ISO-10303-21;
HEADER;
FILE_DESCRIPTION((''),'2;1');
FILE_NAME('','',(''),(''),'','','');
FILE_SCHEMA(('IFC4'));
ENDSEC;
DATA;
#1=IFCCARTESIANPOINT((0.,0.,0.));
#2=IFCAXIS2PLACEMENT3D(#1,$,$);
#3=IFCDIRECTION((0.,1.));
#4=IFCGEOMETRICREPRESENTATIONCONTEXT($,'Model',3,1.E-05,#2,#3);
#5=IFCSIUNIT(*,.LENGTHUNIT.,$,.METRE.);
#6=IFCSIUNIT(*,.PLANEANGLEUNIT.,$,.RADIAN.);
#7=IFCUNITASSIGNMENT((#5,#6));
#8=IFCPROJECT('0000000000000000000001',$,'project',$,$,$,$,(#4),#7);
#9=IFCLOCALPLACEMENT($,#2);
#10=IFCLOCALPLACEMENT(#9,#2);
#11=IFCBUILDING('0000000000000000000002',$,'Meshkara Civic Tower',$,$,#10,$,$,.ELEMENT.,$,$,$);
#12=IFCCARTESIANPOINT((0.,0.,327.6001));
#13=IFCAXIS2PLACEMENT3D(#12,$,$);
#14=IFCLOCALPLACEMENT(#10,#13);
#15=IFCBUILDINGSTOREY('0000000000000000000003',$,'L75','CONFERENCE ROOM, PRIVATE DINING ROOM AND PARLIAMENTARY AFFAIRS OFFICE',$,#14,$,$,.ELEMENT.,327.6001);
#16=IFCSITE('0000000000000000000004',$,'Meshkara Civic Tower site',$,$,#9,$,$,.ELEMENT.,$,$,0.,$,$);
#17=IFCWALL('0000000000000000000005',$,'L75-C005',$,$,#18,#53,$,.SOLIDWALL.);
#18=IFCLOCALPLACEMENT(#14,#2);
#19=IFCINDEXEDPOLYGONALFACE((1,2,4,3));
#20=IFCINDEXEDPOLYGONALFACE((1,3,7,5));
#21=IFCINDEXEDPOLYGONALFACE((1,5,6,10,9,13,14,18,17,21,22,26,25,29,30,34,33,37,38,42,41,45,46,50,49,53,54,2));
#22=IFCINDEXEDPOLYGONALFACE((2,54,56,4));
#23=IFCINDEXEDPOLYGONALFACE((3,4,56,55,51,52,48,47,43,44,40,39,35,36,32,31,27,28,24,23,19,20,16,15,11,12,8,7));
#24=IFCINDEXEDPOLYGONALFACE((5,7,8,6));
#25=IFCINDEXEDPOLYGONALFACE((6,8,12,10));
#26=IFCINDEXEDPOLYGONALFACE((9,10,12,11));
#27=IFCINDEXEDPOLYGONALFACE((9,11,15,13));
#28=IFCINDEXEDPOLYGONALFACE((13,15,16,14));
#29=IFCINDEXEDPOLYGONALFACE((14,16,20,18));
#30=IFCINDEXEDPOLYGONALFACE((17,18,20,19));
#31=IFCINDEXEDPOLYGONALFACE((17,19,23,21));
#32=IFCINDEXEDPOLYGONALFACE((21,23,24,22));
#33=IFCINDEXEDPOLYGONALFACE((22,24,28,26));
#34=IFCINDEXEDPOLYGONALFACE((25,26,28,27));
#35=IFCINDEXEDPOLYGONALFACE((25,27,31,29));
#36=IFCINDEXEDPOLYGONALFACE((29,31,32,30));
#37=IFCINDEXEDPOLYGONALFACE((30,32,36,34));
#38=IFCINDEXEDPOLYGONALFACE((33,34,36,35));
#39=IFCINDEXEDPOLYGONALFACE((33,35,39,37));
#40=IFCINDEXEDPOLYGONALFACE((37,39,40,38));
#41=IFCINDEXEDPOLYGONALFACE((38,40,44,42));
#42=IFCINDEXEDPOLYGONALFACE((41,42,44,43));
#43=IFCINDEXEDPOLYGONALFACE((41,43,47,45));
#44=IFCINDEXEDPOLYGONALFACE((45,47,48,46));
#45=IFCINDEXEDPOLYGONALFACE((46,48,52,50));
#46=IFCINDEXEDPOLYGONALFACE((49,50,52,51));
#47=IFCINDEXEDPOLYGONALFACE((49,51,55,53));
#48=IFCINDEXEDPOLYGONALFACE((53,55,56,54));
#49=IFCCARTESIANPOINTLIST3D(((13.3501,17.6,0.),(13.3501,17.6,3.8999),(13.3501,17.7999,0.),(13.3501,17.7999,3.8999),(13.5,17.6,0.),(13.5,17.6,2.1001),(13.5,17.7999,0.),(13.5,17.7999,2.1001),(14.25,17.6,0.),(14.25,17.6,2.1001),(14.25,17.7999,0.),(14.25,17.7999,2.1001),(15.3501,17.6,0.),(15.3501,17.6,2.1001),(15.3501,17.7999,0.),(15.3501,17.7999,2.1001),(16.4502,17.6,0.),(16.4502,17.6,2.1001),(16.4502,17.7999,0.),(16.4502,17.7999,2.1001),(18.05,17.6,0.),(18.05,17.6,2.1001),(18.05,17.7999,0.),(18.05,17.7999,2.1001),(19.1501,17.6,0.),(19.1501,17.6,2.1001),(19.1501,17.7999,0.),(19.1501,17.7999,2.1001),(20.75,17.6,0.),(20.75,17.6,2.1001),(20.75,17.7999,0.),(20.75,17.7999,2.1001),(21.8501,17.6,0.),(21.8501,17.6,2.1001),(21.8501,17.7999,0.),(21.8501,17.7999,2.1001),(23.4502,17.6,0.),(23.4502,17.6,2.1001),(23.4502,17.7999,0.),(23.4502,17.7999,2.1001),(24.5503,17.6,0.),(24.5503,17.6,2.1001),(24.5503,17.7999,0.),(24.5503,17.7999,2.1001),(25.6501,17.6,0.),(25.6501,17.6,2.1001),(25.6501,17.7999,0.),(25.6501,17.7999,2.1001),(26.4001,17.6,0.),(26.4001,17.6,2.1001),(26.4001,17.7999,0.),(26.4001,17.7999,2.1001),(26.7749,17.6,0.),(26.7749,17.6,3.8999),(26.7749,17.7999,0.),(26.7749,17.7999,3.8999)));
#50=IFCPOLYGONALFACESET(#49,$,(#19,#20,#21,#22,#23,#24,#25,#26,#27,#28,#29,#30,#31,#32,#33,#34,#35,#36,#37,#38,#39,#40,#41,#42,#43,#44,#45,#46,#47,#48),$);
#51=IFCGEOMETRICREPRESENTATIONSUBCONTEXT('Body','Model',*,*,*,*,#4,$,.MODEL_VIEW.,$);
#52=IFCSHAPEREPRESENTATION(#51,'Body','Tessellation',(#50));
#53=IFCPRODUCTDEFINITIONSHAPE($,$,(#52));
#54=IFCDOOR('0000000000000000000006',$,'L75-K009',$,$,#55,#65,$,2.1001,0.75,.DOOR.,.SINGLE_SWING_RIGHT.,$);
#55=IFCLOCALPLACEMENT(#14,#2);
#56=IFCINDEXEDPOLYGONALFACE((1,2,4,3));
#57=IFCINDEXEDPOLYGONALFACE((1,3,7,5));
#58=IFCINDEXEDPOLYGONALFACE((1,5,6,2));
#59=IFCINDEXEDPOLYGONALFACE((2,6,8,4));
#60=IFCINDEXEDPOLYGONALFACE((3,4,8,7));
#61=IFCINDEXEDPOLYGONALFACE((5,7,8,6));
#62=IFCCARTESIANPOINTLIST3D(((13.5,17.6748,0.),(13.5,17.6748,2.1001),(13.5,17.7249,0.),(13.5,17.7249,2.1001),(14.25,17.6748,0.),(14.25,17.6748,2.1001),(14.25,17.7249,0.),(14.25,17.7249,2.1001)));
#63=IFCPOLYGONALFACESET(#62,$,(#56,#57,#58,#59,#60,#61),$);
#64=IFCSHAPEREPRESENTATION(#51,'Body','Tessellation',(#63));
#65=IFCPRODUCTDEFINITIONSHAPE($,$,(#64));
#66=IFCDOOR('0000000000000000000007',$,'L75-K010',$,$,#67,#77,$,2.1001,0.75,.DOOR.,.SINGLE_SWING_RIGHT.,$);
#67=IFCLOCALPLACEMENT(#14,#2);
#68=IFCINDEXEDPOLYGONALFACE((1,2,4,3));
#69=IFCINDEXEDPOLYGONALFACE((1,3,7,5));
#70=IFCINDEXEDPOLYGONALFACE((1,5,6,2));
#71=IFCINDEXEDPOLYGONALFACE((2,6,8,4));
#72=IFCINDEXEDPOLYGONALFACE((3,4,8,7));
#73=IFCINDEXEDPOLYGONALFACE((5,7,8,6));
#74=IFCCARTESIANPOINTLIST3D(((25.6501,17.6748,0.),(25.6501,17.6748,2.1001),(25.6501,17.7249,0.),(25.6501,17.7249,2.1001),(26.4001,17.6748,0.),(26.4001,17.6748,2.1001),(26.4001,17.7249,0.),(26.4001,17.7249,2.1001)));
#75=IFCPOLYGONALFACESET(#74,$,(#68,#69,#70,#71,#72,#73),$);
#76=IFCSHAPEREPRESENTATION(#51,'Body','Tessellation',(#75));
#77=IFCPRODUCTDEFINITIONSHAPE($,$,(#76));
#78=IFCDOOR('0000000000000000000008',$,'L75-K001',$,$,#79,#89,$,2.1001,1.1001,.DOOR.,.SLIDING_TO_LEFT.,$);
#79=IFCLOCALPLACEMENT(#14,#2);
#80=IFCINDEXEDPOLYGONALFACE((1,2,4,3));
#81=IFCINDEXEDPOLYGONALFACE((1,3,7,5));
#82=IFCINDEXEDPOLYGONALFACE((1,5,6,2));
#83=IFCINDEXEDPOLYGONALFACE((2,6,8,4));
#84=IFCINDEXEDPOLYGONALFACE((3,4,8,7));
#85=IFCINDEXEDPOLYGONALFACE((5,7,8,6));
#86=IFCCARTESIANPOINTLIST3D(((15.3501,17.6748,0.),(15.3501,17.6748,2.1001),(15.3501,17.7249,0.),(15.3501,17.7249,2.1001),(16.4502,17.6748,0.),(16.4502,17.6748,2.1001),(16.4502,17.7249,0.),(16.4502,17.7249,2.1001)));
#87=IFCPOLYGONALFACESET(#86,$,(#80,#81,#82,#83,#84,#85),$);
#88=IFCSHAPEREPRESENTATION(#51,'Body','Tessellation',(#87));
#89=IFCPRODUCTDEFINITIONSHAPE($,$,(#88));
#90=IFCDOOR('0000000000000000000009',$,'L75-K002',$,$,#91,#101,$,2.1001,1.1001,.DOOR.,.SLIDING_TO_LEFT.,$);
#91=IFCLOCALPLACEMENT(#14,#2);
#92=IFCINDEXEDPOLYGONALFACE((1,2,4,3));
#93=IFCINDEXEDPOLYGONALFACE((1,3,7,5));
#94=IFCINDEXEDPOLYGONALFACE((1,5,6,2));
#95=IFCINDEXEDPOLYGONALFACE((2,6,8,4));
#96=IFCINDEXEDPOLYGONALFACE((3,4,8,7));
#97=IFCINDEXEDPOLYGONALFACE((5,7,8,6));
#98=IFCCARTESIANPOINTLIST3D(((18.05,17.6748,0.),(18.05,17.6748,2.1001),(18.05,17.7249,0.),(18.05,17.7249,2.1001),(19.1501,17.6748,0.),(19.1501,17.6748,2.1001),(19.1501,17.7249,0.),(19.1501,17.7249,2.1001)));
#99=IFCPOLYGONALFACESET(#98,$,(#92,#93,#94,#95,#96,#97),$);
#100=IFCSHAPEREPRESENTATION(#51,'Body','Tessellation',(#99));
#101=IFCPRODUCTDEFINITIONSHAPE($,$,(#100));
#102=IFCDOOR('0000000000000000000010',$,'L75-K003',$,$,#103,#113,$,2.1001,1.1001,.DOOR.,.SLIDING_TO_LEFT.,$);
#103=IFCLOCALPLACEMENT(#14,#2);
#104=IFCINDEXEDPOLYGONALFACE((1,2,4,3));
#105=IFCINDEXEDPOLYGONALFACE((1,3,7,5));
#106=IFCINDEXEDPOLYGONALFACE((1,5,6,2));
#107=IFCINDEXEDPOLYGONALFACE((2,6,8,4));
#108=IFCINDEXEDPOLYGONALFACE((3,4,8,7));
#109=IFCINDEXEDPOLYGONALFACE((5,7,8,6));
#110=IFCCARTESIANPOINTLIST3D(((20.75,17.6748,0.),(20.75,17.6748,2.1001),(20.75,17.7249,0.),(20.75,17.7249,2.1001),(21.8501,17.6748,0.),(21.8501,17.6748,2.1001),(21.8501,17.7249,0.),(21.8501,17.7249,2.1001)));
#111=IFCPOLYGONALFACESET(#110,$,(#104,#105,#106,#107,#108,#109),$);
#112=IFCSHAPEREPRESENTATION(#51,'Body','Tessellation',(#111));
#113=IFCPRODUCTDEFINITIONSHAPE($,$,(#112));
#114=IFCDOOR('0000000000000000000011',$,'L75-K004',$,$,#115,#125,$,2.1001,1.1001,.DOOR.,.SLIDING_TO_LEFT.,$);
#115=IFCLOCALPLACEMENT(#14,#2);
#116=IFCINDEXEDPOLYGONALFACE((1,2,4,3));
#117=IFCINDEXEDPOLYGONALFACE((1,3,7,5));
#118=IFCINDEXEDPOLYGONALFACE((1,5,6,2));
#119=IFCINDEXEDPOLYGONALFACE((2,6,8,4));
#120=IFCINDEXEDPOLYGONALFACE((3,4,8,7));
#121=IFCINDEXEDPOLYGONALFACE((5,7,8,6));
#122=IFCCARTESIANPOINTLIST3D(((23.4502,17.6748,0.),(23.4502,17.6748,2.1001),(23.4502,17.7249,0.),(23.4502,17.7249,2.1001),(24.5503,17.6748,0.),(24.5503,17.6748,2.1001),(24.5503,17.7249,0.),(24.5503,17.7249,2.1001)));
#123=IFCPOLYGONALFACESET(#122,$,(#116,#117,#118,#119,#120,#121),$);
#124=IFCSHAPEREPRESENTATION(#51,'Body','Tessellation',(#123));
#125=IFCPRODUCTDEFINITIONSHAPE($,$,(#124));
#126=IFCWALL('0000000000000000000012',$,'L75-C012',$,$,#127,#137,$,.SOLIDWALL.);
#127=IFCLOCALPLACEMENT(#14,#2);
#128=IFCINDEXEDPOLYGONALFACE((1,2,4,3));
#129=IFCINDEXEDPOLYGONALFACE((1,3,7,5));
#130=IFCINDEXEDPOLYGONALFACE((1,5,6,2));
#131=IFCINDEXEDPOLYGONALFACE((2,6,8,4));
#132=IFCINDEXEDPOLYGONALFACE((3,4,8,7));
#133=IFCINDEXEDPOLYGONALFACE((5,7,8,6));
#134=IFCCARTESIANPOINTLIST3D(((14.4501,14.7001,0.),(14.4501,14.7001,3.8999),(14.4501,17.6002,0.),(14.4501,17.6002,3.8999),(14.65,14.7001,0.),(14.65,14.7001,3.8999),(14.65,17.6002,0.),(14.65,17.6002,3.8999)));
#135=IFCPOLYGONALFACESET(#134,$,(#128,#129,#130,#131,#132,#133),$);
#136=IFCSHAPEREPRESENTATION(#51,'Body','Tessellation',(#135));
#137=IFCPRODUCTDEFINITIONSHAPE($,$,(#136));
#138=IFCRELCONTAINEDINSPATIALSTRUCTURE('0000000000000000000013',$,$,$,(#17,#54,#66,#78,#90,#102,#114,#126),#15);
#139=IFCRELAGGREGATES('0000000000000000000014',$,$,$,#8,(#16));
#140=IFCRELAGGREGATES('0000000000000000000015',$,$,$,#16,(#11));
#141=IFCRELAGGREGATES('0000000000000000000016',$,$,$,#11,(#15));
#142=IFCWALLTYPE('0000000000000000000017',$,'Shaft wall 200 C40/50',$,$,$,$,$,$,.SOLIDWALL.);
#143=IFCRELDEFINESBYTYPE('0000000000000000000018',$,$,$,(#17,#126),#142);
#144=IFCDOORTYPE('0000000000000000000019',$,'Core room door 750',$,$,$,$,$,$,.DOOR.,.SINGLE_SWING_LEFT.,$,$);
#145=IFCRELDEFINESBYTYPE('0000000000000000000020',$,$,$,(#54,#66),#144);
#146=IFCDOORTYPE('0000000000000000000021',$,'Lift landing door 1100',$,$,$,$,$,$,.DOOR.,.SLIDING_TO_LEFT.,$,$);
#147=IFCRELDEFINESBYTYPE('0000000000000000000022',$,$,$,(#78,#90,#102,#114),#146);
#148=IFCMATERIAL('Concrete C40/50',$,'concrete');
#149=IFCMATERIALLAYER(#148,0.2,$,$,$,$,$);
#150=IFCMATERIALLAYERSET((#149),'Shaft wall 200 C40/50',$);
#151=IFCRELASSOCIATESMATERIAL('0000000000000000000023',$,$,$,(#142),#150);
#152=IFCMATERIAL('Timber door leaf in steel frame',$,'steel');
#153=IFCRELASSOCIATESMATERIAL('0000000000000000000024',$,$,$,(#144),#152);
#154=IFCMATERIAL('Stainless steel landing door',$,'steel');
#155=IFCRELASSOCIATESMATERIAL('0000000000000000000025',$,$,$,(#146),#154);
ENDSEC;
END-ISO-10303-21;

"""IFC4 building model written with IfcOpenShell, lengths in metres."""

from ifc_helpers import new_model, si_unit, direction, frame, frame_2d, origin, place, context, subcontext, project, spatial, rectangle, extrude, material, layer, layer_set, type_object, element, fill, save


model = new_model("IFC4")

# Units and contexts
model_context = context("Model", 3, precision=1e-05, world=origin(), true_north=direction((0.0, 1.0)))
body_context = subcontext(model_context, "Body", "Model", "MODEL_VIEW")
ifc_project = project(units=[si_unit("LENGTHUNIT", "METRE"), si_unit("PLANEANGLEUNIT", "RADIAN")], contexts=[model_context])

# Site, building, storey
site_placement = place(None, origin())
site = spatial("IfcSite", under=ifc_project, at=site_placement, Name="Meshkara Civic Tower site", CompositionType="ELEMENT", RefElevation=0.0)
building_placement = place(site_placement, origin())
building = spatial("IfcBuilding", under=site, at=building_placement, Name="Meshkara Civic Tower", CompositionType="ELEMENT")
storey_placement = place(building_placement, frame((0.0, 0.0, 327.6001)))
storey = spatial("IfcBuildingStorey", under=building, at=storey_placement, Name="L75", Description="CONFERENCE ROOM, PRIVATE DINING ROOM AND PARLIAMENTARY AFFAIRS OFFICE", CompositionType="ELEMENT", Elevation=327.6001)

# Wall, openings, doors
ifc_material_1 = material(Name="Concrete C40/50", Category="concrete")
ifc_layer_1 = layer(ifc_material_1, 0.2)
ifc_layer_set_1 = layer_set([ifc_layer_1], Name="Shaft wall 200 C40/50")
wall_type_1 = type_object("IfcWallType", Name="Shaft wall 200 C40/50", PredefinedType="SOLIDWALL", material=ifc_layer_set_1)
wall_1_placement = place(storey_placement, frame((13.3501, 17.7, 0.0), z_axis=(0.0, 0.0, 1.0), x_axis=(1.0, 0.0, 0.0)))
wall_1 = element("IfcWall", 1, at=wall_1_placement, inside=storey, type_object=wall_type_1, Name="L75-C005", PredefinedType="SOLIDWALL", context=body_context, shape_type="SweptSolid", body=[
    extrude(rectangle(XDim=13.4248, YDim=0.2, at=frame_2d((6.7124, 0.0))), origin(), (0.0, 0.0, 1.0), 3.8999),
])
opening_1_placement = place(wall_1_placement, frame((2.0, 0.0, 0.0)))
opening_1 = element("IfcOpeningElement", 2, at=opening_1_placement, cuts=wall_1, PredefinedType="OPENING", context=body_context, shape_type="SweptSolid", body=[
    extrude(rectangle(XDim=1.1001, YDim=2.1001, at=frame_2d((0.55, 1.05))), frame((0.0, 0.1099, 0.0), z_axis=(0.0, -1.0, 0.0), x_axis=(1.0, 0.0, 0.0)), (0.0, 0.0, 1.0), 0.22),
])
opening_2_placement = place(wall_1_placement, frame((4.7, 0.0, 0.0)))
opening_2 = element("IfcOpeningElement", 3, at=opening_2_placement, cuts=wall_1, PredefinedType="OPENING", context=body_context, shape_type="SweptSolid", body=[
    extrude(rectangle(XDim=1.1001, YDim=2.1001, at=frame_2d((0.55, 1.05))), frame((0.0, 0.1099, 0.0), z_axis=(0.0, -1.0, 0.0), x_axis=(1.0, 0.0, 0.0)), (0.0, 0.0, 1.0), 0.22),
])
opening_3_placement = place(wall_1_placement, frame((7.3999, 0.0, 0.0)))
opening_3 = element("IfcOpeningElement", 4, at=opening_3_placement, cuts=wall_1, PredefinedType="OPENING", context=body_context, shape_type="SweptSolid", body=[
    extrude(rectangle(XDim=1.1001, YDim=2.1001, at=frame_2d((0.55, 1.05))), frame((0.0, 0.1099, 0.0), z_axis=(0.0, -1.0, 0.0), x_axis=(1.0, 0.0, 0.0)), (0.0, 0.0, 1.0), 0.22),
])
opening_4_placement = place(wall_1_placement, frame((10.1001, 0.0, 0.0)))
opening_4 = element("IfcOpeningElement", 5, at=opening_4_placement, cuts=wall_1, PredefinedType="OPENING", context=body_context, shape_type="SweptSolid", body=[
    extrude(rectangle(XDim=1.1001, YDim=2.1001, at=frame_2d((0.55, 1.05))), frame((0.0, 0.1099, 0.0), z_axis=(0.0, -1.0, 0.0), x_axis=(1.0, 0.0, 0.0)), (0.0, 0.0, 1.0), 0.22),
])
opening_5_placement = place(wall_1_placement, frame((0.1499, 0.0, 0.0)))
opening_5 = element("IfcOpeningElement", 6, at=opening_5_placement, cuts=wall_1, PredefinedType="OPENING", context=body_context, shape_type="SweptSolid", body=[
    extrude(rectangle(XDim=0.75, YDim=2.1001, at=frame_2d((0.375, 1.05))), frame((0.0, 0.1099, 0.0), z_axis=(0.0, -1.0, 0.0), x_axis=(1.0, 0.0, 0.0)), (0.0, 0.0, 1.0), 0.22),
])
opening_6_placement = place(wall_1_placement, frame((12.3, 0.0, 0.0)))
opening_6 = element("IfcOpeningElement", 7, at=opening_6_placement, cuts=wall_1, PredefinedType="OPENING", context=body_context, shape_type="SweptSolid", body=[
    extrude(rectangle(XDim=0.75, YDim=2.1001, at=frame_2d((0.375, 1.05))), frame((0.0, 0.1099, 0.0), z_axis=(0.0, -1.0, 0.0), x_axis=(1.0, 0.0, 0.0)), (0.0, 0.0, 1.0), 0.22),
])
ifc_material_2 = material(Name="Timber door leaf in steel frame", Category="steel")
door_type_1 = type_object("IfcDoorType", Name="Core room door 750", OperationType="SINGLE_SWING_LEFT", PredefinedType="DOOR", material=ifc_material_2)
door_1_placement = place(opening_5_placement, origin())
door_1 = element("IfcDoor", 8, at=door_1_placement, inside=storey, type_object=door_type_1, Name="L75-K009", OperationType="SINGLE_SWING_RIGHT", OverallHeight=2.1001, OverallWidth=0.75, PredefinedType="DOOR", context=body_context, shape_type="SweptSolid", body=[
    extrude(rectangle(XDim=0.75, YDim=2.1001, at=frame_2d((0.375, 1.05))), frame((0.0, 0.0249, 0.0), z_axis=(0.0, -1.0, 0.0), x_axis=(1.0, 0.0, 0.0)), (0.0, 0.0, 1.0), 0.05),
])
fill(opening_5, door_1)
door_2_placement = place(opening_6_placement, origin())
door_2 = element("IfcDoor", 9, at=door_2_placement, inside=storey, type_object=door_type_1, Name="L75-K010", OperationType="SINGLE_SWING_RIGHT", OverallHeight=2.1001, OverallWidth=0.75, PredefinedType="DOOR", context=body_context, shape_type="SweptSolid", body=[
    extrude(rectangle(XDim=0.75, YDim=2.1001, at=frame_2d((0.375, 1.05))), frame((0.0, 0.0249, 0.0), z_axis=(0.0, -1.0, 0.0), x_axis=(1.0, 0.0, 0.0)), (0.0, 0.0, 1.0), 0.05),
])
fill(opening_6, door_2)
ifc_material_3 = material(Name="Stainless steel landing door", Category="steel")
door_type_2 = type_object("IfcDoorType", Name="Lift landing door 1100", OperationType="SLIDING_TO_LEFT", PredefinedType="DOOR", material=ifc_material_3)
door_3_placement = place(opening_1_placement, origin())
door_3 = element("IfcDoor", 10, at=door_3_placement, inside=storey, type_object=door_type_2, Name="L75-K001", OperationType="SLIDING_TO_LEFT", OverallHeight=2.1001, OverallWidth=1.1001, PredefinedType="DOOR", context=body_context, shape_type="SweptSolid", body=[
    extrude(rectangle(XDim=1.1001, YDim=2.1001, at=frame_2d((0.55, 1.05))), frame((0.0, 0.0249, 0.0), z_axis=(0.0, -1.0, 0.0), x_axis=(1.0, 0.0, 0.0)), (0.0, 0.0, 1.0), 0.05),
])
fill(opening_1, door_3)
door_4_placement = place(opening_2_placement, origin())
door_4 = element("IfcDoor", 11, at=door_4_placement, inside=storey, type_object=door_type_2, Name="L75-K002", OperationType="SLIDING_TO_LEFT", OverallHeight=2.1001, OverallWidth=1.1001, PredefinedType="DOOR", context=body_context, shape_type="SweptSolid", body=[
    extrude(rectangle(XDim=1.1001, YDim=2.1001, at=frame_2d((0.55, 1.05))), frame((0.0, 0.0249, 0.0), z_axis=(0.0, -1.0, 0.0), x_axis=(1.0, 0.0, 0.0)), (0.0, 0.0, 1.0), 0.05),
])
fill(opening_2, door_4)
door_5_placement = place(opening_3_placement, origin())
door_5 = element("IfcDoor", 12, at=door_5_placement, inside=storey, type_object=door_type_2, Name="L75-K003", OperationType="SLIDING_TO_LEFT", OverallHeight=2.1001, OverallWidth=1.1001, PredefinedType="DOOR", context=body_context, shape_type="SweptSolid", body=[
    extrude(rectangle(XDim=1.1001, YDim=2.1001, at=frame_2d((0.55, 1.05))), frame((0.0, 0.0249, 0.0), z_axis=(0.0, -1.0, 0.0), x_axis=(1.0, 0.0, 0.0)), (0.0, 0.0, 1.0), 0.05),
])
fill(opening_3, door_5)
door_6_placement = place(opening_4_placement, origin())
door_6 = element("IfcDoor", 13, at=door_6_placement, inside=storey, type_object=door_type_2, Name="L75-K004", OperationType="SLIDING_TO_LEFT", OverallHeight=2.1001, OverallWidth=1.1001, PredefinedType="DOOR", context=body_context, shape_type="SweptSolid", body=[
    extrude(rectangle(XDim=1.1001, YDim=2.1001, at=frame_2d((0.55, 1.05))), frame((0.0, 0.0249, 0.0), z_axis=(0.0, -1.0, 0.0), x_axis=(1.0, 0.0, 0.0)), (0.0, 0.0, 1.0), 0.05),
])
fill(opening_4, door_6)

# Wall
wall_2_placement = place(storey_placement, frame((14.55, 14.7, 0.0), z_axis=(0.0, 0.0, 1.0), x_axis=(0.0, 1.0, 0.0)))
element("IfcWall", 14, at=wall_2_placement, inside=storey, type_object=wall_type_1, Name="L75-C012", PredefinedType="SOLIDWALL", context=body_context, shape_type="SweptSolid", body=[
    extrude(rectangle(XDim=2.9001, YDim=0.2, at=frame_2d((1.4502, 0.0))), origin(), (0.0, 0.0, 1.0), 3.8999),
])

save(model, "model.ifc")
